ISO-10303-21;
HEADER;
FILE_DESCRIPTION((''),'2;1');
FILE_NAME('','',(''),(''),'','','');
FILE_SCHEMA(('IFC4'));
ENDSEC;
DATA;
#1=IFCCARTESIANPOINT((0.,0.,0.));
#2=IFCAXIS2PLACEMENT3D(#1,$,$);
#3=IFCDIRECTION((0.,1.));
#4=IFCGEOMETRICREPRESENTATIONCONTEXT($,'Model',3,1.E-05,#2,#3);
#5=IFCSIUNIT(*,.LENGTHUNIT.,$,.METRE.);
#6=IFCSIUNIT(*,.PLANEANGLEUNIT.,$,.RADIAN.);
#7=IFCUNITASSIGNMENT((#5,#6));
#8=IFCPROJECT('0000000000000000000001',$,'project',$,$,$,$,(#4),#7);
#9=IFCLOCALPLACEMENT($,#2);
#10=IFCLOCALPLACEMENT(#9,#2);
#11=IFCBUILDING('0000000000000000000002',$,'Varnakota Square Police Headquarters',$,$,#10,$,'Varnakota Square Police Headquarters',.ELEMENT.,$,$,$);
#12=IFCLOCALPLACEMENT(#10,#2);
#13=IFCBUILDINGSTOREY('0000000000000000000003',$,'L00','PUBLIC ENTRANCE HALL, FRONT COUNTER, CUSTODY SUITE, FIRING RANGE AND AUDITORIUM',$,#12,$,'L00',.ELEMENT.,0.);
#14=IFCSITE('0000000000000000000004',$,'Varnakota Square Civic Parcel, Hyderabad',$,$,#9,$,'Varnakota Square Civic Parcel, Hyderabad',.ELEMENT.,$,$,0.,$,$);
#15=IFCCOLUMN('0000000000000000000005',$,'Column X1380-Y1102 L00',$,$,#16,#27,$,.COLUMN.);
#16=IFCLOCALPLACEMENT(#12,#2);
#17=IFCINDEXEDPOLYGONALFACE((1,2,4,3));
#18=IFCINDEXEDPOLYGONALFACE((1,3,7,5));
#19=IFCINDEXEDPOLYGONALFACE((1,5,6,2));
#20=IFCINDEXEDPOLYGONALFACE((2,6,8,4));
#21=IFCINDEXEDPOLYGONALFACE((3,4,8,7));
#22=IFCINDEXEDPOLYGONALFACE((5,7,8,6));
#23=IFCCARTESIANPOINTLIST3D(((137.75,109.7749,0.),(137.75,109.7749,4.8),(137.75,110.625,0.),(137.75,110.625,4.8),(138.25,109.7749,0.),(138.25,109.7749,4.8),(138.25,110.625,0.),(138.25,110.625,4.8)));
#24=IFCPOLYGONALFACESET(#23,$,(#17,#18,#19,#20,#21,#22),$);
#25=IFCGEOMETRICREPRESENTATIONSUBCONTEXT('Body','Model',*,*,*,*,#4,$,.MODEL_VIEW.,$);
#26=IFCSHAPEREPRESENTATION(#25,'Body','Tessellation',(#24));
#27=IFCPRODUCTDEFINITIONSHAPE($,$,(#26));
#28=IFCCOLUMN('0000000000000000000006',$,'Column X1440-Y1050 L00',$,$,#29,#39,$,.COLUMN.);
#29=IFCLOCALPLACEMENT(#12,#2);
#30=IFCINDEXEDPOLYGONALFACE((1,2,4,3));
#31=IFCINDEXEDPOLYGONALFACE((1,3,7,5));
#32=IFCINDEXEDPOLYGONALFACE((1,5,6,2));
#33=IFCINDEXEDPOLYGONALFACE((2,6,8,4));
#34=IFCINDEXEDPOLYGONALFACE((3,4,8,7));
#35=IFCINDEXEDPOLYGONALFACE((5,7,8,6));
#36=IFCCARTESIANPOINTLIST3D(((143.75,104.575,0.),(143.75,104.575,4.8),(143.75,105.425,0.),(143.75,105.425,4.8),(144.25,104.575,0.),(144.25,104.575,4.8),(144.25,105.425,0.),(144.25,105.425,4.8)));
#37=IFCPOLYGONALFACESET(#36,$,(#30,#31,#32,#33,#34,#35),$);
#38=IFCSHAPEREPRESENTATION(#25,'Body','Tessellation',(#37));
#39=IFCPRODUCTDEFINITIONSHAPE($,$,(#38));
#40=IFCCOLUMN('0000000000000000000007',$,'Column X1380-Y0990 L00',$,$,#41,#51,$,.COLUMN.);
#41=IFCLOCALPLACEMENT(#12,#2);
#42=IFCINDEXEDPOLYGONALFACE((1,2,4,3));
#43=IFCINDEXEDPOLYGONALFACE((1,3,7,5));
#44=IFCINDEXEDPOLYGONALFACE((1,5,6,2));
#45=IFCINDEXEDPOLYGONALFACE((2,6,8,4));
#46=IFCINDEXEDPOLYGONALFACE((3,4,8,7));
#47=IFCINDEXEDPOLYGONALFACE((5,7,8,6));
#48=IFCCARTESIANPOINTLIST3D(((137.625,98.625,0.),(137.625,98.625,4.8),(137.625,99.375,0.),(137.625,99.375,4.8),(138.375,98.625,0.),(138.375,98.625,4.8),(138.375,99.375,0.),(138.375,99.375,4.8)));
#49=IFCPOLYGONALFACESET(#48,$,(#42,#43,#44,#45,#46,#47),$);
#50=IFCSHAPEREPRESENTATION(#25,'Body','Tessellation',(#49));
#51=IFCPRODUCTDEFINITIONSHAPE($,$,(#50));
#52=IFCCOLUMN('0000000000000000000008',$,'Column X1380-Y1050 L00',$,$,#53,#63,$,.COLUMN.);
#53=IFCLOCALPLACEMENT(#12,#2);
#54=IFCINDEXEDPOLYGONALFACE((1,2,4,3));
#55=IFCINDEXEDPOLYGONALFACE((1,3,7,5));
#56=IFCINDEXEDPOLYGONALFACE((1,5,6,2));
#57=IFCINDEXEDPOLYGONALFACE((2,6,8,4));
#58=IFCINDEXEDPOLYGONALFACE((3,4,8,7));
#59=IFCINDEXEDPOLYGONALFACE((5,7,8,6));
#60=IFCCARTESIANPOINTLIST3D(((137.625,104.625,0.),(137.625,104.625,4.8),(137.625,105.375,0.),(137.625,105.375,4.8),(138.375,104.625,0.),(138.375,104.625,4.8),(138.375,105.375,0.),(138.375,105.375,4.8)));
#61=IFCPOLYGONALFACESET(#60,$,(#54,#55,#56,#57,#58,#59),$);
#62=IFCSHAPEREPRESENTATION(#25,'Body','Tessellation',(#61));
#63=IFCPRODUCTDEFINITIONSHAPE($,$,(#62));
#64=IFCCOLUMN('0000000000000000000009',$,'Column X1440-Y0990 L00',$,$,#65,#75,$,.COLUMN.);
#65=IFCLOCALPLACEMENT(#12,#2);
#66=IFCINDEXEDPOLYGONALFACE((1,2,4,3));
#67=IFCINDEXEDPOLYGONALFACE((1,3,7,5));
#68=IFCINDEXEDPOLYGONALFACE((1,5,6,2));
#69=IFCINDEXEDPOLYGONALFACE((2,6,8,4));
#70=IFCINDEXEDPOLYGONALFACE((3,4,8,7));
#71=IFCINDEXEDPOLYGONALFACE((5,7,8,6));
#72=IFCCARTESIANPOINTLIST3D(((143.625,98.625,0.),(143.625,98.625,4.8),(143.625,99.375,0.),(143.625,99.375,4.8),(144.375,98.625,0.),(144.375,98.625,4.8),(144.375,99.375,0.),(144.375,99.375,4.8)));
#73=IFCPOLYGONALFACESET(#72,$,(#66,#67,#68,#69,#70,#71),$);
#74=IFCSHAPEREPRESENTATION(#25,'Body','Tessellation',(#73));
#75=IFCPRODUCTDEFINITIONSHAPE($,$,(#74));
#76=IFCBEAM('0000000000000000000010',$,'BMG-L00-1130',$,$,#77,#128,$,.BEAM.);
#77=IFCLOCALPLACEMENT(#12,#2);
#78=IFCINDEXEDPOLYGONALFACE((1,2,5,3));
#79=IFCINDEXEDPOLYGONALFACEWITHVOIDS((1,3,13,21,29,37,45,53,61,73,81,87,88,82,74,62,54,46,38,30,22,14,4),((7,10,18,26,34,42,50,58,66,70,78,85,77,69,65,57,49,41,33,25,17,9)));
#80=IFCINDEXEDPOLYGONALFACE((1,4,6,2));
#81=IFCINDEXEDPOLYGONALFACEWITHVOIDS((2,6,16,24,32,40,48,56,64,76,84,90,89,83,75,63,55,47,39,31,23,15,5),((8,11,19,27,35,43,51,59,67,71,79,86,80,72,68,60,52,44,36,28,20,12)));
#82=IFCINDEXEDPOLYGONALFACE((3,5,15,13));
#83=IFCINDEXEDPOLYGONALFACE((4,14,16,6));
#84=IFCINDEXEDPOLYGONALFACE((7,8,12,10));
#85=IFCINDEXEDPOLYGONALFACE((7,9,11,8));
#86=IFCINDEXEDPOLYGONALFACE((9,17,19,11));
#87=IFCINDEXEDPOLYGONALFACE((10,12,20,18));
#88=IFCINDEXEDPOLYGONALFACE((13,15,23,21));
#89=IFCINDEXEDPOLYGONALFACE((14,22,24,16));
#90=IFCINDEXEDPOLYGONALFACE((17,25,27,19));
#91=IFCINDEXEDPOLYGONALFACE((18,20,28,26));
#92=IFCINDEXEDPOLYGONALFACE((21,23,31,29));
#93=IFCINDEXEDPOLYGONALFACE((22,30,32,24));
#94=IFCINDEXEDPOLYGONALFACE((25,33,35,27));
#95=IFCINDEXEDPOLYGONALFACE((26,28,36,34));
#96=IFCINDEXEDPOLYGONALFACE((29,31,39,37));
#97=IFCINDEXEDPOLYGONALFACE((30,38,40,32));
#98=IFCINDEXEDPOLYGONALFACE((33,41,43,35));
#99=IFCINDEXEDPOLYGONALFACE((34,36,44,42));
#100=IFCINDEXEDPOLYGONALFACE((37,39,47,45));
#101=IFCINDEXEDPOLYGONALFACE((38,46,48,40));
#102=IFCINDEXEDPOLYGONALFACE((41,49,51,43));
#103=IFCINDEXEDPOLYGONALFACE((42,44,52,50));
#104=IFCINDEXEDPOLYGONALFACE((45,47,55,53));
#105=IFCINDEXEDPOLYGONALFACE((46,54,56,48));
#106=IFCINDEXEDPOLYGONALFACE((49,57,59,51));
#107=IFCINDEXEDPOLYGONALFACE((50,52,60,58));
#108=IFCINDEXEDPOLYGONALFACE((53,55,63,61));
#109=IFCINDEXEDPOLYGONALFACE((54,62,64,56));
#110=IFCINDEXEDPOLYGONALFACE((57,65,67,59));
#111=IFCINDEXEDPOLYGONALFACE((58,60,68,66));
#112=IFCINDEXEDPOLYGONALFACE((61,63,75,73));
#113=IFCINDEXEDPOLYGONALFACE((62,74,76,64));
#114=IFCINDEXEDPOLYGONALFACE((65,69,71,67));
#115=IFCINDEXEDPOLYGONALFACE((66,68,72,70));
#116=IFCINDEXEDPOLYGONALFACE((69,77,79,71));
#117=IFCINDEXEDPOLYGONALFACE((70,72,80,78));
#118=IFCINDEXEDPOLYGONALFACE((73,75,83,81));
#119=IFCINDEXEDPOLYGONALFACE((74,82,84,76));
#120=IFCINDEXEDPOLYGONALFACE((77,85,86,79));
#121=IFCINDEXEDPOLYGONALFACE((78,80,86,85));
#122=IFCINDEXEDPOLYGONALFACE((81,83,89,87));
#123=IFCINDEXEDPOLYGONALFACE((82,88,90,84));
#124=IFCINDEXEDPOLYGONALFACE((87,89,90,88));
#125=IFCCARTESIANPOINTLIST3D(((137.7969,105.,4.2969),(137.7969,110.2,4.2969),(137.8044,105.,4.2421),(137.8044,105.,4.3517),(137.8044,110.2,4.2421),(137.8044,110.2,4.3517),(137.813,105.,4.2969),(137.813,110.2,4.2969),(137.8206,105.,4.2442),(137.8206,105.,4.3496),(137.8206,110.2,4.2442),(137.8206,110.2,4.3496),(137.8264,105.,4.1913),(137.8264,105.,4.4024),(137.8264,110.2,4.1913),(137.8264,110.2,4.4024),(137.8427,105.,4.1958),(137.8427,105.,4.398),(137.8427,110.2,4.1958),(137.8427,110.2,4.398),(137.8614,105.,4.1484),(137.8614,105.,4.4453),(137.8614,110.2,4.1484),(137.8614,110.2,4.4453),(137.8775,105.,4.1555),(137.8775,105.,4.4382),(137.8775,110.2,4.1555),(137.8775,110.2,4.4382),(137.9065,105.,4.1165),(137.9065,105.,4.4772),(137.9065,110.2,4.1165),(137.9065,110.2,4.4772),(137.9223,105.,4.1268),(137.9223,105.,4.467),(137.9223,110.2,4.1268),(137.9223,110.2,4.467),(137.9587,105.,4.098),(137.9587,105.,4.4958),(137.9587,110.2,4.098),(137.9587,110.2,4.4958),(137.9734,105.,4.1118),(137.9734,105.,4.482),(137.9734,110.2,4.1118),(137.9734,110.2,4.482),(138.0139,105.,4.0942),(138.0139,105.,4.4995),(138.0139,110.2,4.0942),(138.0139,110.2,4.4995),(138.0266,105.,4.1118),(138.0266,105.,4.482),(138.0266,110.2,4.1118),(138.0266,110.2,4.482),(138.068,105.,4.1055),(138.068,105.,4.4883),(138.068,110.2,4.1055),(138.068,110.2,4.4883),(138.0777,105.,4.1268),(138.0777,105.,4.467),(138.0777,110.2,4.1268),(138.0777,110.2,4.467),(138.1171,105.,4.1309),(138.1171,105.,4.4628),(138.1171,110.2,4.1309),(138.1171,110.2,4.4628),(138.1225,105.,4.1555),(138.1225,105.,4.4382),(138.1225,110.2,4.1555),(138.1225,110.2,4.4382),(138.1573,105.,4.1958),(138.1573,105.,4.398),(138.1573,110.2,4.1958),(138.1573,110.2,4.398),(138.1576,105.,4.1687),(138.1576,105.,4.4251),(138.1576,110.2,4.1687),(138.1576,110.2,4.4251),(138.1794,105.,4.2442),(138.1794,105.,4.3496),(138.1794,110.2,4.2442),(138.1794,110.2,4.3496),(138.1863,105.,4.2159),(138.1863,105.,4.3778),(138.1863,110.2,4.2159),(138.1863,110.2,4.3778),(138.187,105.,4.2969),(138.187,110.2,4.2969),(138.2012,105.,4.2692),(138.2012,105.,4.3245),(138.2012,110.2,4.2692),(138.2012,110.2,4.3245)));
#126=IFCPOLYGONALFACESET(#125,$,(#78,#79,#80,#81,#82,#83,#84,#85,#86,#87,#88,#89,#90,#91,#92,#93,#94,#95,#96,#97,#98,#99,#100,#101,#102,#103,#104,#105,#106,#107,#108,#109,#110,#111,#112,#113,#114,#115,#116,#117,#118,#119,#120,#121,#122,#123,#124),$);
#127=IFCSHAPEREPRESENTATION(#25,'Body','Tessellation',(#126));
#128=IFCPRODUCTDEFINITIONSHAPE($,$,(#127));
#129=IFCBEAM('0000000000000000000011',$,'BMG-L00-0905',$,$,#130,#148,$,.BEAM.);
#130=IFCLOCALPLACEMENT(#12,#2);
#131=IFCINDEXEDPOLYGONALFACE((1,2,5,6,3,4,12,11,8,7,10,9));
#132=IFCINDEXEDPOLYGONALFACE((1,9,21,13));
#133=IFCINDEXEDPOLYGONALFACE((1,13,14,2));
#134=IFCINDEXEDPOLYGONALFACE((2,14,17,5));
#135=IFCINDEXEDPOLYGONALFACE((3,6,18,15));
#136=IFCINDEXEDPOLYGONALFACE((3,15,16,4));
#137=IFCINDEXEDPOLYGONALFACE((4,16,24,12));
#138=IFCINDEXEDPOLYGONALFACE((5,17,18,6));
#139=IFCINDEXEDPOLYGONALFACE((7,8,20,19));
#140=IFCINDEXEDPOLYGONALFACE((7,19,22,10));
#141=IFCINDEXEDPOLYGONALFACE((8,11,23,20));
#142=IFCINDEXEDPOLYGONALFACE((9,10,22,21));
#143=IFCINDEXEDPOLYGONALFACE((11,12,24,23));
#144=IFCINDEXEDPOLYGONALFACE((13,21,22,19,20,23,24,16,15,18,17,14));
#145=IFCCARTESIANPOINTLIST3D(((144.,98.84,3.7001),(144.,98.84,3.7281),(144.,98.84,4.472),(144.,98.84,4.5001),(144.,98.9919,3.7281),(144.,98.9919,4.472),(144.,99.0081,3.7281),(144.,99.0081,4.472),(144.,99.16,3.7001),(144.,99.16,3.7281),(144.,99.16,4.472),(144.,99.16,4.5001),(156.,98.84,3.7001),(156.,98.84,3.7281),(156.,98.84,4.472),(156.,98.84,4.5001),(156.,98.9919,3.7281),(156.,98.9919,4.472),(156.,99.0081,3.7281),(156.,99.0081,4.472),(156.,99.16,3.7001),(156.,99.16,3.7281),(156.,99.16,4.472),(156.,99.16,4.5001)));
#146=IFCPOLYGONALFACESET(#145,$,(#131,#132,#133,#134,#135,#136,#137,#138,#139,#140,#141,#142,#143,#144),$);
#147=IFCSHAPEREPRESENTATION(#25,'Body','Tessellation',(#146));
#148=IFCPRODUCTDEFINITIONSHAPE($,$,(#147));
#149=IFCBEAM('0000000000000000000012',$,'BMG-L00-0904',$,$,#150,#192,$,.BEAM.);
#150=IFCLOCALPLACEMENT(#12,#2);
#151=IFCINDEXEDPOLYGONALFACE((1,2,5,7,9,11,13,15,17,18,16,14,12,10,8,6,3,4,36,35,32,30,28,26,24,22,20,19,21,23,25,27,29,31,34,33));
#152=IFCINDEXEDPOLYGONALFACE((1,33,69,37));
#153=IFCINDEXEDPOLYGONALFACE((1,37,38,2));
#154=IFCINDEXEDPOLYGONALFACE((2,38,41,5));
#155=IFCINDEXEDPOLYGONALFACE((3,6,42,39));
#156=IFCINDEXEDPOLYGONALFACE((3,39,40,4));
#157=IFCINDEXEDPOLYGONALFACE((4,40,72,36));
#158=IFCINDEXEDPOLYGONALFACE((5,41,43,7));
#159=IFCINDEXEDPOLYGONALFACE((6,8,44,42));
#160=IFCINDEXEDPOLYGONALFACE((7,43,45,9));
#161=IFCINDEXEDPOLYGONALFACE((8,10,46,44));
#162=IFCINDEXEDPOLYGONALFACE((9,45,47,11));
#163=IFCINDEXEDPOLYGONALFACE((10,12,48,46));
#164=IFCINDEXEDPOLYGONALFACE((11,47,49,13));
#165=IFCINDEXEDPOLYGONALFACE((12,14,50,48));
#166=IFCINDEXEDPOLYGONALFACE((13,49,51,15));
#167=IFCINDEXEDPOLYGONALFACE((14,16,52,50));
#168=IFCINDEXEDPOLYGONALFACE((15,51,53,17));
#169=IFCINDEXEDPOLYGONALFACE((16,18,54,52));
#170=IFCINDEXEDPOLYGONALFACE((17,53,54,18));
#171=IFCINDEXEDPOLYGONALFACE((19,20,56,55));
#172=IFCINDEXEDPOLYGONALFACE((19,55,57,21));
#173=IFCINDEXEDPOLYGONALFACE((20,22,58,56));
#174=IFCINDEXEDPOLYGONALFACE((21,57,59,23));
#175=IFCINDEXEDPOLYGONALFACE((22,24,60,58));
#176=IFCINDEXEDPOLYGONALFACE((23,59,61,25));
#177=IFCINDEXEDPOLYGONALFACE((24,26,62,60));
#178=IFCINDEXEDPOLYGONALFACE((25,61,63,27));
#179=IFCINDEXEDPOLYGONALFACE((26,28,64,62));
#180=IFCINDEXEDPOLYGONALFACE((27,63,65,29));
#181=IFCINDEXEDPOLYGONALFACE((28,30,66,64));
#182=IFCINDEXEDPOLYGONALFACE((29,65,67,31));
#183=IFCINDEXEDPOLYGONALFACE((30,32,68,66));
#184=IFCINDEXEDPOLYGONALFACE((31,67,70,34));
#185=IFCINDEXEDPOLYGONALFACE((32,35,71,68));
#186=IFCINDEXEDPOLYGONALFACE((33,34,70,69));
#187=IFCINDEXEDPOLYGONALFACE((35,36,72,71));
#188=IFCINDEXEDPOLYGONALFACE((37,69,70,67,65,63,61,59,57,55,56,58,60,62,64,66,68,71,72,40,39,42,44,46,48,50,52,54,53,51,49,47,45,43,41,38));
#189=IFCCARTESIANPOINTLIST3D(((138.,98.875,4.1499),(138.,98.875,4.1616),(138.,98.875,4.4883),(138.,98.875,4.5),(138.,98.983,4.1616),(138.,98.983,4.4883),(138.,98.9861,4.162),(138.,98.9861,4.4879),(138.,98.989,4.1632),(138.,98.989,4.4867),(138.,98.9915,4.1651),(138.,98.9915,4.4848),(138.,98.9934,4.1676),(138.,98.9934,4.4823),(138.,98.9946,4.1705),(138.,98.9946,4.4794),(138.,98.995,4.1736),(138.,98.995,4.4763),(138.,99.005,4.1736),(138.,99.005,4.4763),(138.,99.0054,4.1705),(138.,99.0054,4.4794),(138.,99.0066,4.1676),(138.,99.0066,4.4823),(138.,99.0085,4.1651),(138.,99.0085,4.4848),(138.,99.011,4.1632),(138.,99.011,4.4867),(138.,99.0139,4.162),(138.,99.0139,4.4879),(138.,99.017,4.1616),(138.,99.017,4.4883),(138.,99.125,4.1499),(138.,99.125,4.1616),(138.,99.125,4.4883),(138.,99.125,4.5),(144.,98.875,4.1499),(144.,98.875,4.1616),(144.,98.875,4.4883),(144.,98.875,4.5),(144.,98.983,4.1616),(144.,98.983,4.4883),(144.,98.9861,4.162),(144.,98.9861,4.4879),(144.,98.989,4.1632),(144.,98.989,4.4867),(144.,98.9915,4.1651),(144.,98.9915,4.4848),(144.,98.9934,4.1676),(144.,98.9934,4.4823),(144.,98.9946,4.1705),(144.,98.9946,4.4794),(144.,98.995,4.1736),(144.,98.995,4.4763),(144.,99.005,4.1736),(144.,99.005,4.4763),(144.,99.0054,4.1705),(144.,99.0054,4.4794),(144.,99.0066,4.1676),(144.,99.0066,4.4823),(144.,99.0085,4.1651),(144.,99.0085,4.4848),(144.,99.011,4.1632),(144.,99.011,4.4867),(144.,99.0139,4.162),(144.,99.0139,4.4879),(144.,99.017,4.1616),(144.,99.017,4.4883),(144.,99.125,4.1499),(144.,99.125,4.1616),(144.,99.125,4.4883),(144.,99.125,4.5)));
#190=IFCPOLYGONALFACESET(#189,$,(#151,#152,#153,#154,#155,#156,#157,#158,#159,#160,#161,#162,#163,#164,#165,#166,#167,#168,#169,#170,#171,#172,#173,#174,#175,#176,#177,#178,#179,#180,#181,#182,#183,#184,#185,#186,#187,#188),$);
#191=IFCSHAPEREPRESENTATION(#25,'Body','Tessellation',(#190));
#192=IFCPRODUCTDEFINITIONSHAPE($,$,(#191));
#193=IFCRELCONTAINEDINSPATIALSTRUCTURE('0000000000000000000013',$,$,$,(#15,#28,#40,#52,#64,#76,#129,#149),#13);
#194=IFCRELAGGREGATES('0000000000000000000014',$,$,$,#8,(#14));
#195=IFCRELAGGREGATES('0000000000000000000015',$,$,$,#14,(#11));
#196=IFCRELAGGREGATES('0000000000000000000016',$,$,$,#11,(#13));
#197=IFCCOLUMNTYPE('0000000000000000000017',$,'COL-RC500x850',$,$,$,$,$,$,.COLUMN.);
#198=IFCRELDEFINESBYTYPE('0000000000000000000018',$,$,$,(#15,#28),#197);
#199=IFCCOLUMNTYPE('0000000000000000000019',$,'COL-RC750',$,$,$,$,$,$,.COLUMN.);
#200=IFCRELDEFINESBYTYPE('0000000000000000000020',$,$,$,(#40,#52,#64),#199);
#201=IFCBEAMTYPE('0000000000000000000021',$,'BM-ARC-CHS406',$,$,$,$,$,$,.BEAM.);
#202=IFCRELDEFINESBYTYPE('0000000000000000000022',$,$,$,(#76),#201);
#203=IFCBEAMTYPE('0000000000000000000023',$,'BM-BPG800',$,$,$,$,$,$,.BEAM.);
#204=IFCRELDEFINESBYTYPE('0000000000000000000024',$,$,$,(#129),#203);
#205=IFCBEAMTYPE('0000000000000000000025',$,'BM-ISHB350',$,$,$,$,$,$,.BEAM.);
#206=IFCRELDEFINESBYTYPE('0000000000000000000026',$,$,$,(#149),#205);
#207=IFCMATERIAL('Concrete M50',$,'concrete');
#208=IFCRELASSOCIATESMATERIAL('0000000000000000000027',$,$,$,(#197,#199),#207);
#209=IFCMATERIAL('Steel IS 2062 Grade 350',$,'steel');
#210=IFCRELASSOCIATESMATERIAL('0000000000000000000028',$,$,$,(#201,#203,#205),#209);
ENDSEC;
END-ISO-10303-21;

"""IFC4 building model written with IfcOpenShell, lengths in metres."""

from ifc_helpers import new_model, si_unit, direction, frame, origin, origin_2d, place, context, subcontext, project, spatial, rectangle, hollow_circle, i_section, extrude, material, material_profile, profile_set, type_object, element, save


model = new_model("IFC4")

# Units and contexts
model_context = context("Model", 3, precision=1e-05, world=origin(), true_north=direction((0.0, 1.0)))
body_context = subcontext(model_context, "Body", "Model", "MODEL_VIEW")
ifc_project = project(units=[si_unit("LENGTHUNIT", "METRE"), si_unit("PLANEANGLEUNIT", "RADIAN")], contexts=[model_context])

# Site, building, storey
site_placement = place(None, origin())
site = spatial("IfcSite", under=ifc_project, at=site_placement, Name="Varnakota Square Civic Parcel, Hyderabad", LongName="Varnakota Square Civic Parcel, Hyderabad", CompositionType="ELEMENT", RefElevation=0.0)
building_placement = place(site_placement, origin())
building = spatial("IfcBuilding", under=site, at=building_placement, Name="Varnakota Square Police Headquarters", LongName="Varnakota Square Police Headquarters", CompositionType="ELEMENT")
storey_placement = place(building_placement, origin())
storey = spatial("IfcBuildingStorey", under=building, at=storey_placement, Name="L00", Description="PUBLIC ENTRANCE HALL, FRONT COUNTER, CUSTODY SUITE, FIRING RANGE AND AUDITORIUM", LongName="L00", CompositionType="ELEMENT", Elevation=0.0)

# Columns
ifc_material_1 = material(Name="Concrete M50", Category="concrete")
ifc_material_profile_1 = material_profile(ifc_material_1, rectangle(XDim=0.5, YDim=0.8501, at=origin_2d()), Name="RC 500x850")
ifc_profile_set_1 = profile_set([ifc_material_profile_1], Name="Concrete M50")
column_type_1 = type_object("IfcColumnType", Name="COL-RC500x850", PredefinedType="COLUMN", material=ifc_profile_set_1)
for number, where, z_axis, x_axis, name in (
    (1, (138.0, 110.2, 0.0), (0.0, 0.0, 1.0), (1.0, 0.0, 0.0), "Column X1380-Y1102 L00"),
    (2, (144.0, 105.0, 0.0), (0.0, 0.0, 1.0), (1.0, 0.0, 0.0), "Column X1440-Y1050 L00"),
):
    element("IfcColumn", number, at=place(storey_placement, frame(where, z_axis=z_axis, x_axis=x_axis)), inside=storey, type_object=column_type_1, Name=name, PredefinedType="COLUMN", context=body_context, shape_type="SweptSolid", body=[
        extrude(rectangle(XDim=0.5, YDim=0.8501, at=origin_2d()), origin(), (0.0, 0.0, 1.0), 4.8),
    ])
ifc_material_profile_2 = material_profile(ifc_material_1, rectangle(XDim=0.75, YDim=0.75, at=origin_2d()), Name="RC 750x750")
ifc_profile_set_2 = profile_set([ifc_material_profile_2], Name="Concrete M50")
column_type_2 = type_object("IfcColumnType", Name="COL-RC750", PredefinedType="COLUMN", material=ifc_profile_set_2)
for number, where, z_axis, x_axis, name in (
    (3, (138.0, 99.0, 0.0), (0.0, 0.0, 1.0), (1.0, 0.0, 0.0), "Column X1380-Y0990 L00"),
    (4, (138.0, 105.0, 0.0), (0.0, 0.0, 1.0), (1.0, 0.0, 0.0), "Column X1380-Y1050 L00"),
    (5, (144.0, 99.0, 0.0), (0.0, 0.0, 1.0), (1.0, 0.0, 0.0), "Column X1440-Y0990 L00"),
):
    element("IfcColumn", number, at=place(storey_placement, frame(where, z_axis=z_axis, x_axis=x_axis)), inside=storey, type_object=column_type_2, Name=name, PredefinedType="COLUMN", context=body_context, shape_type="SweptSolid", body=[
        extrude(rectangle(XDim=0.75, YDim=0.75, at=origin_2d()), origin(), (0.0, 0.0, 1.0), 4.8),
    ])

# Beams
ifc_material_2 = material(Name="Steel IS 2062 Grade 350", Category="steel")
ifc_material_profile_3 = material_profile(ifc_material_2, hollow_circle(Radius=0.2031, WallThickness=0.0161, at=origin_2d()), Name="CHS 406.4x16.0")
ifc_profile_set_3 = profile_set([ifc_material_profile_3], Name="Steel IS 2062 Grade 350")
beam_type_1 = type_object("IfcBeamType", Name="BM-ARC-CHS406", PredefinedType="BEAM", material=ifc_profile_set_3)
beam_1_placement = place(storey_placement, frame((138.0, 105.0, 4.2969), z_axis=(0.0, 1.0, 0.0), x_axis=(-1.0, 0.0, 0.0)))
element("IfcBeam", 6, at=beam_1_placement, inside=storey, type_object=beam_type_1, Name="BMG-L00-1130", PredefinedType="BEAM", context=body_context, shape_type="SweptSolid", body=[
    extrude(hollow_circle(Radius=0.2031, WallThickness=0.0161, at=origin_2d()), origin(), (0.0, 0.0, 1.0), 5.2),
])
ifc_material_profile_4 = material_profile(ifc_material_2, i_section(OverallWidth=0.3201, OverallDepth=0.8, WebThickness=0.0161, FlangeThickness=0.0281, at=origin_2d()), Name="BPG 800x320")
ifc_profile_set_4 = profile_set([ifc_material_profile_4], Name="Steel IS 2062 Grade 350")
beam_type_2 = type_object("IfcBeamType", Name="BM-BPG800", PredefinedType="BEAM", material=ifc_profile_set_4)
beam_2_placement = place(storey_placement, frame((144.0, 99.0, 4.1001), z_axis=(1.0, 0.0, 0.0), x_axis=(0.0, 1.0, 0.0)))
element("IfcBeam", 7, at=beam_2_placement, inside=storey, type_object=beam_type_2, Name="BMG-L00-0905", PredefinedType="BEAM", context=body_context, shape_type="SweptSolid", body=[
    extrude(i_section(OverallWidth=0.3201, OverallDepth=0.8, WebThickness=0.0161, FlangeThickness=0.0281, at=origin_2d()), origin(), (0.0, 0.0, 1.0), 12.0),
])
ifc_material_profile_5 = material_profile(ifc_material_2, i_section(OverallWidth=0.25, OverallDepth=0.3501, WebThickness=0.01, FlangeThickness=0.0117, FilletRadius=0.012, at=origin_2d()), Name="ISHB 350")
ifc_profile_set_5 = profile_set([ifc_material_profile_5], Name="Steel IS 2062 Grade 350")
beam_type_3 = type_object("IfcBeamType", Name="BM-ISHB350", PredefinedType="BEAM", material=ifc_profile_set_5)
for number, where, z_axis, x_axis, name in (
    (8, (138.0, 99.0, 4.325), (1.0, 0.0, 0.0), (0.0, 1.0, 0.0), "BMG-L00-0904"),
):
    element("IfcBeam", number, at=place(storey_placement, frame(where, z_axis=z_axis, x_axis=x_axis)), inside=storey, type_object=beam_type_3, Name=name, PredefinedType="BEAM", context=body_context, shape_type="SweptSolid", body=[
        extrude(i_section(OverallWidth=0.25, OverallDepth=0.3501, WebThickness=0.01, FlangeThickness=0.0117, FilletRadius=0.012, at=origin_2d()), origin(), (0.0, 0.0, 1.0), 6.0),
    ])

save(model, "model.ifc")
